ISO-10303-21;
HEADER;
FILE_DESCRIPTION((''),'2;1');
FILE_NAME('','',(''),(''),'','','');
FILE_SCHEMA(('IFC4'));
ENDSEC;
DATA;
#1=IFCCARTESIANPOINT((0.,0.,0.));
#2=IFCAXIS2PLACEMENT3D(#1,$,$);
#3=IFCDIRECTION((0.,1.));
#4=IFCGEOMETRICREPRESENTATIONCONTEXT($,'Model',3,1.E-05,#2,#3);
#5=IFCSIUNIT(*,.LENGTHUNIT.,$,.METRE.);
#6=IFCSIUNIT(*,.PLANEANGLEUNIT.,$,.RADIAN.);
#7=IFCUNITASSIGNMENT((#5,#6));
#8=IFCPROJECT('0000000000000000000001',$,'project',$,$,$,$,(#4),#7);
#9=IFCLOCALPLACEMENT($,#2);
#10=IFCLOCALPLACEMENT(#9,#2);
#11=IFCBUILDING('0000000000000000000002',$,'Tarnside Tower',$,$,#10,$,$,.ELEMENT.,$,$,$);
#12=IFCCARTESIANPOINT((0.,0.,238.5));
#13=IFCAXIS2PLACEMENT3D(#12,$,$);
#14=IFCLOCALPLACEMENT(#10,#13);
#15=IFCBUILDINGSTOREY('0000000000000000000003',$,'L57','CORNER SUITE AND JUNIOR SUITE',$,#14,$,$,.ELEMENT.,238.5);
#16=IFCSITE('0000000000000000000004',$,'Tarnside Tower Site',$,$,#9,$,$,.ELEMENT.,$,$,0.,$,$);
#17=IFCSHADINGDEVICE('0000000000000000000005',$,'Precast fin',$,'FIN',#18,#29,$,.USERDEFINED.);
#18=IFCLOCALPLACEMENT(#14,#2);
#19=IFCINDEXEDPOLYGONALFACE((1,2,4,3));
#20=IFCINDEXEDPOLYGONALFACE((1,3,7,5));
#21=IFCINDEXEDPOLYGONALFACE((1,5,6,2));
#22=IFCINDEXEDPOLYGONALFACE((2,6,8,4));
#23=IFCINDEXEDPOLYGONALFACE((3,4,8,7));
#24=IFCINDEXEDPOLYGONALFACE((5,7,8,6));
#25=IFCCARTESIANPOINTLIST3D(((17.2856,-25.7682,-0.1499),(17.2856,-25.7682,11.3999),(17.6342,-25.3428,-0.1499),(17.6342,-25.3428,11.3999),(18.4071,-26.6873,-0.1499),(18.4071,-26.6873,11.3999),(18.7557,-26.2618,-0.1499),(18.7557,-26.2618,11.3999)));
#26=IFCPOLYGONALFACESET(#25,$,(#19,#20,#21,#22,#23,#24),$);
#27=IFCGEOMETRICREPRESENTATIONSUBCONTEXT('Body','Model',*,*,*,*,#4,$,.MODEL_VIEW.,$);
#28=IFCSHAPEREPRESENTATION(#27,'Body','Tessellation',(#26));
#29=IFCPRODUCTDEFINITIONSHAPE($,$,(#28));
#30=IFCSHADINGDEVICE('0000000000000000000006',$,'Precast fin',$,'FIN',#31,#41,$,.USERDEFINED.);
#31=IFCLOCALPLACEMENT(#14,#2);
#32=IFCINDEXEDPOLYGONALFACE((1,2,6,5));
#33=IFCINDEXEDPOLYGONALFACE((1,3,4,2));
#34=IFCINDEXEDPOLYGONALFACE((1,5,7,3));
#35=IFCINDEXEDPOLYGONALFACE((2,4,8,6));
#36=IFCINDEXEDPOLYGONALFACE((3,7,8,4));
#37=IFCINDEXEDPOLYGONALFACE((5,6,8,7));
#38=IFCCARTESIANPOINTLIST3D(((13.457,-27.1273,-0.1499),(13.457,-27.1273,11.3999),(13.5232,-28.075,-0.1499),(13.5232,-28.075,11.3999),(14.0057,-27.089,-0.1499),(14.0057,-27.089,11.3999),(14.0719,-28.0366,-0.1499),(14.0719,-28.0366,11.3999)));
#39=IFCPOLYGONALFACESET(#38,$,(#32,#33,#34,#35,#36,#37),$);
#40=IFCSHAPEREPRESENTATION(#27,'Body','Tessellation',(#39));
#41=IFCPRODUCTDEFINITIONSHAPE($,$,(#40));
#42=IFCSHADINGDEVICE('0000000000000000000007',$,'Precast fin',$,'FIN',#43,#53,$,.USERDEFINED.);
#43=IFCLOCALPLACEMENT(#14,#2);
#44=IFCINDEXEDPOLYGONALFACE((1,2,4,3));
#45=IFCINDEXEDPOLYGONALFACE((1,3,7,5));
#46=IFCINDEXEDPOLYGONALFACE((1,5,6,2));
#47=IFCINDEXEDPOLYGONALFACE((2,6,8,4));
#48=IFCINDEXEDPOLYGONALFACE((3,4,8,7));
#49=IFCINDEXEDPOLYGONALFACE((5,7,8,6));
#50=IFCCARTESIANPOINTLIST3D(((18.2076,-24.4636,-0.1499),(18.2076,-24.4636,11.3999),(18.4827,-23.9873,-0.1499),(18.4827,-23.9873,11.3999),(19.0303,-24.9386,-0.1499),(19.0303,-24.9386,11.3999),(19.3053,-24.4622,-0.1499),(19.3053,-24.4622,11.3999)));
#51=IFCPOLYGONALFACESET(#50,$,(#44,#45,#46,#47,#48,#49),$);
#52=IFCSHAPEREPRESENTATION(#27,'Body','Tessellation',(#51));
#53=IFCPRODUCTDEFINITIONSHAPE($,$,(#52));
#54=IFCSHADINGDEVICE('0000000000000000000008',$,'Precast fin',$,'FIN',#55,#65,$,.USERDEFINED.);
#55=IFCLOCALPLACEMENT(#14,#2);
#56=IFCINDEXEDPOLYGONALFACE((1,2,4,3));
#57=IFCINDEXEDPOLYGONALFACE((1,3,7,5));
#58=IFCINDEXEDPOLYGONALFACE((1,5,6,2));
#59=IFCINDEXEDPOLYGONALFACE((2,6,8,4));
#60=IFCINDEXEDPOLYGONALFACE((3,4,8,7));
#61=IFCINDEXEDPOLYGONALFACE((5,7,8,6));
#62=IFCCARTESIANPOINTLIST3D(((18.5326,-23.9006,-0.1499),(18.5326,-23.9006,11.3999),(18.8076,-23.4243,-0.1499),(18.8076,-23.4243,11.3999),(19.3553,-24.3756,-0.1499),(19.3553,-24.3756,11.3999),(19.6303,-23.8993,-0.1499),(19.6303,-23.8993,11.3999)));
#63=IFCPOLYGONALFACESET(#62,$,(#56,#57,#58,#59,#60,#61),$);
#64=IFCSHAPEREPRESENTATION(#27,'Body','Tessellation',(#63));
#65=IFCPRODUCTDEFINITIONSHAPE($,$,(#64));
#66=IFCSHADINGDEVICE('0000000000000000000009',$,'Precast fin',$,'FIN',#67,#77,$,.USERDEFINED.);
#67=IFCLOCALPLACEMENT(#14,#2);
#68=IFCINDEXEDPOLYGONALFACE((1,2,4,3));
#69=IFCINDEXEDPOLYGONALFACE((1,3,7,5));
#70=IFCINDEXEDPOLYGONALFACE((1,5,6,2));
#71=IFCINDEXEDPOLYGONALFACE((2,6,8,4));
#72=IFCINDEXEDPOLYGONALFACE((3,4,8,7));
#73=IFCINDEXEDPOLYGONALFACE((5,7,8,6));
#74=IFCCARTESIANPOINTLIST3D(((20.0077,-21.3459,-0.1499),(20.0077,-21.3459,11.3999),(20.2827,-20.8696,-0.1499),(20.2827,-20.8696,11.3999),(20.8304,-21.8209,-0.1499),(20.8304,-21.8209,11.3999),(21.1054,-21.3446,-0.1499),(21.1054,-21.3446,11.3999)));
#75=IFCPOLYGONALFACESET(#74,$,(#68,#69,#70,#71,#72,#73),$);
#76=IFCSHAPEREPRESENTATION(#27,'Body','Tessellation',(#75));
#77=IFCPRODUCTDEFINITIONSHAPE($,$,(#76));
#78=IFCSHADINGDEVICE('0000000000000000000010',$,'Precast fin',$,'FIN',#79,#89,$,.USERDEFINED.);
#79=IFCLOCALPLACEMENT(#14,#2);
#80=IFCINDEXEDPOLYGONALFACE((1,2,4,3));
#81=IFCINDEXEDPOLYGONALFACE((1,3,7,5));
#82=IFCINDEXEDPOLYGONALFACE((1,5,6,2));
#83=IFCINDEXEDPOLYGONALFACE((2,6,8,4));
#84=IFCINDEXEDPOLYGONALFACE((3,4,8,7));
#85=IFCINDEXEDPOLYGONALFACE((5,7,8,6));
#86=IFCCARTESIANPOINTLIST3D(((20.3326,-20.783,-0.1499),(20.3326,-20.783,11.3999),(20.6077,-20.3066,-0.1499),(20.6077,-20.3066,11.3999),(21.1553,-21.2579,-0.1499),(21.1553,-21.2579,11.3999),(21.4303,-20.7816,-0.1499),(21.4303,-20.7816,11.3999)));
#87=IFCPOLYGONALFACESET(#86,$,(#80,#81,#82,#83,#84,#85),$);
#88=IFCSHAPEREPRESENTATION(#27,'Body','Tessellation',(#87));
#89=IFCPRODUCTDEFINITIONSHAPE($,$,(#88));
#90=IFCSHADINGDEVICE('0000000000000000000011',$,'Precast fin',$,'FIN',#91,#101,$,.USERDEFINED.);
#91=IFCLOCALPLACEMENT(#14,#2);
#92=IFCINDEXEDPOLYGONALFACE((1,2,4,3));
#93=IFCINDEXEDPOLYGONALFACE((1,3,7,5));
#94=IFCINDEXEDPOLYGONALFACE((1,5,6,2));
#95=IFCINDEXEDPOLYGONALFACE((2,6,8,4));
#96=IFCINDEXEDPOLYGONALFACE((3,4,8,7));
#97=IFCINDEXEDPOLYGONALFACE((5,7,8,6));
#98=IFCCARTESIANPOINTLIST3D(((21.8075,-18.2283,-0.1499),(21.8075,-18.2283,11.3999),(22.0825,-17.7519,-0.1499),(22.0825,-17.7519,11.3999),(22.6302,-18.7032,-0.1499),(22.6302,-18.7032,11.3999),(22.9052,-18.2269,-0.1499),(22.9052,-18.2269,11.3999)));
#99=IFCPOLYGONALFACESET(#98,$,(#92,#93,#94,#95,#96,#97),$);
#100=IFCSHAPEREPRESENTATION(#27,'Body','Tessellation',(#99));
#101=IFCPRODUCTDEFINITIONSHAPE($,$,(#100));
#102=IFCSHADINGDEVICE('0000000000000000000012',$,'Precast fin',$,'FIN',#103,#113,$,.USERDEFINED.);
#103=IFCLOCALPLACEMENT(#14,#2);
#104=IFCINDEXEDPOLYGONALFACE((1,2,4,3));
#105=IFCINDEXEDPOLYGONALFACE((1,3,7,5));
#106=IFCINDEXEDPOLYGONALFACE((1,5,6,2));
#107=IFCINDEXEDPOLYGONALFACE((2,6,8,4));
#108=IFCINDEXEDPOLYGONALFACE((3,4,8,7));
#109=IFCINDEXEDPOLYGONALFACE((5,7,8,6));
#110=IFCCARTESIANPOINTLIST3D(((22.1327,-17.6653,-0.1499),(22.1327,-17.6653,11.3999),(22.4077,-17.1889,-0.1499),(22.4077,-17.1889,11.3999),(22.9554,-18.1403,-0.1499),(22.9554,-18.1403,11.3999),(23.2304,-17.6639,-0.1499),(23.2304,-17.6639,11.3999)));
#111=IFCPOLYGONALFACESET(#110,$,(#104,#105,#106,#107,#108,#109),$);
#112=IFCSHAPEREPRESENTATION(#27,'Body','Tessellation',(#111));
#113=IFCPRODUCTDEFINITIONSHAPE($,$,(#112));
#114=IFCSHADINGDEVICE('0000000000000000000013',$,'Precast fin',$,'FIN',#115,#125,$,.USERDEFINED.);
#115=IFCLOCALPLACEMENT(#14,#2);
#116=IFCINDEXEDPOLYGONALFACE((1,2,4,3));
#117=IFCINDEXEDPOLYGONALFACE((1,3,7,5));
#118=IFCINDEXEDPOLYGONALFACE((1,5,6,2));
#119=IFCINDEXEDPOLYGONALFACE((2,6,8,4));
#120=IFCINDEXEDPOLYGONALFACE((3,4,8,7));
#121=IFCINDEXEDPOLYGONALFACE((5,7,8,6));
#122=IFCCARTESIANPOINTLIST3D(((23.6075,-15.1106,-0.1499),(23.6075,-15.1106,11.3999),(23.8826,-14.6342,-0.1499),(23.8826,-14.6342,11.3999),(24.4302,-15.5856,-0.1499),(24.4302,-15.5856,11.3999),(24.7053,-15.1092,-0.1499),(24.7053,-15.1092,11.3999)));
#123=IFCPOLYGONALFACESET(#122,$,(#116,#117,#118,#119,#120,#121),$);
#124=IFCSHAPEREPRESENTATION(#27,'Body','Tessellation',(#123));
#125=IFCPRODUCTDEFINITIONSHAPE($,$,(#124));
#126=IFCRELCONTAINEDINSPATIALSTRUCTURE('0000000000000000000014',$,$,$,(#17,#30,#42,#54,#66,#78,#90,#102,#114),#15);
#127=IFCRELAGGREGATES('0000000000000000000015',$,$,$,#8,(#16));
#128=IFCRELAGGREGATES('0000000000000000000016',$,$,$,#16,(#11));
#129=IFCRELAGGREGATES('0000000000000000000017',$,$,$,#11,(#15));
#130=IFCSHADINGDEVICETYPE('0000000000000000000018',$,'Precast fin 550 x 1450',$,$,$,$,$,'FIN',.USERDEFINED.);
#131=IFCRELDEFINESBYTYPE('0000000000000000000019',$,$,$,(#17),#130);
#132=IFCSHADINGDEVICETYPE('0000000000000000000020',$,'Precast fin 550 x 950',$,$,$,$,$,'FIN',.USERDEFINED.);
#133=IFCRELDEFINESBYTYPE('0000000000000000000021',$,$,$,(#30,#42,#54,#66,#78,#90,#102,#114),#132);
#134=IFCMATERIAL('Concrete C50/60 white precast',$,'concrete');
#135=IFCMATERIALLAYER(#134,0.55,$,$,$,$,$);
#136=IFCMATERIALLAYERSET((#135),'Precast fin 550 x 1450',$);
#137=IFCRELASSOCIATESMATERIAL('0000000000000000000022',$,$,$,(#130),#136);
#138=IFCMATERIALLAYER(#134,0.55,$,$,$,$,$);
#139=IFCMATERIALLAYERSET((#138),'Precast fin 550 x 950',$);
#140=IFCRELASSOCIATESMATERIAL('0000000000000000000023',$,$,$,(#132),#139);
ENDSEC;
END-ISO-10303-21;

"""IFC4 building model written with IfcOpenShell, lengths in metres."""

from ifc_helpers import new_model, si_unit, direction, frame, origin, place, context, subcontext, project, spatial, polyline, outline, extrude, material, layer, layer_set, type_object, element, save


model = new_model("IFC4")

# Units and contexts
model_context = context("Model", 3, precision=1e-05, world=origin(), true_north=direction((0.0, 1.0)))
body_context = subcontext(model_context, "Body", "Model", "MODEL_VIEW")
ifc_project = project(units=[si_unit("LENGTHUNIT", "METRE"), si_unit("PLANEANGLEUNIT", "RADIAN")], contexts=[model_context])

# Site, building, storey
site_placement = place(None, origin())
site = spatial("IfcSite", under=ifc_project, at=site_placement, Name="Tarnside Tower Site", CompositionType="ELEMENT", RefElevation=0.0)
building_placement = place(site_placement, origin())
building = spatial("IfcBuilding", under=site, at=building_placement, Name="Tarnside Tower", CompositionType="ELEMENT")
storey_placement = place(building_placement, frame((0.0, 0.0, 238.5)))
storey = spatial("IfcBuildingStorey", under=building, at=storey_placement, Name="L57", Description="CORNER SUITE AND JUNIOR SUITE", CompositionType="ELEMENT", Elevation=238.5)

# Shading devices
ifc_material_1 = material(Name="Concrete C50/60 white precast", Category="concrete")
ifc_layer_1 = layer(ifc_material_1, 0.55)
ifc_layer_set_1 = layer_set([ifc_layer_1], Name="Precast fin 550 x 1450")
shading_device_type_1 = type_object("IfcShadingDeviceType", Name="Precast fin 550 x 1450", ElementType="FIN", PredefinedType="USERDEFINED", material=ifc_layer_set_1)
for number, where, z_axis, x_axis, name in (
    (1, (17.46, -25.5554, -0.1499), (-0.633831, -0.773472, 0.0), (0.773472, -0.633831, 0.0), "Precast fin"),
):
    element("IfcShadingDevice", number, at=place(storey_placement, frame(where, z_axis=z_axis, x_axis=x_axis)), inside=storey, type_object=shading_device_type_1, Name=name, ObjectType="FIN", PredefinedType="USERDEFINED", context=body_context, shape_type="SweptSolid", body=[
        extrude(outline(polyline([(0.0, 0.0), (1.45, 0.0), (1.45, 11.5498), (0.0, 11.5498), (0.0, 0.0)])), frame((0.0, 0.0, -0.2749)), (0.0, 0.0, 1.0), 0.55),
    ])
ifc_layer_2 = layer(ifc_material_1, 0.55)
ifc_layer_set_2 = layer_set([ifc_layer_2], Name="Precast fin 550 x 950")
shading_device_type_2 = type_object("IfcShadingDeviceType", Name="Precast fin 550 x 950", ElementType="FIN", PredefinedType="USERDEFINED", material=ifc_layer_set_2)
for number, where, z_axis, x_axis, name in (
    (2, (13.7314, -27.1082, -0.1499), (-0.997564, -0.069756, 0.0), (0.069756, -0.997564, 0.0), "Precast fin"),
    (3, (18.3452, -24.2253, -0.1499), (-0.5, -0.866025, 0.0), (0.866025, -0.5, 0.0), "Precast fin"),
    (4, (18.6702, -23.6624, -0.1499), (-0.5, -0.866025, 0.0), (0.866025, -0.5, 0.0), "Precast fin"),
    (5, (20.1453, -21.1077, -0.1499), (-0.5, -0.866025, 0.0), (0.866025, -0.5, 0.0), "Precast fin"),
    (6, (20.4702, -20.5447, -0.1499), (-0.5, -0.866025, 0.0), (0.866025, -0.5, 0.0), "Precast fin"),
    (7, (21.9451, -17.99, -0.1499), (-0.5, -0.866025, 0.0), (0.866025, -0.5, 0.0), "Precast fin"),
    (8, (22.2703, -17.427, -0.1499), (-0.5, -0.866025, 0.0), (0.866025, -0.5, 0.0), "Precast fin"),
    (9, (23.7451, -14.8723, -0.1499), (-0.5, -0.866025, 0.0), (0.866025, -0.5, 0.0), "Precast fin"),
):
    element("IfcShadingDevice", number, at=place(storey_placement, frame(where, z_axis=z_axis, x_axis=x_axis)), inside=storey, type_object=shading_device_type_2, Name=name, ObjectType="FIN", PredefinedType="USERDEFINED", context=body_context, shape_type="SweptSolid", body=[
        extrude(outline(polyline([(0.0, 0.0), (0.95, 0.0), (0.95, 11.5498), (0.0, 11.5498), (0.0, 0.0)])), frame((0.0, 0.0, -0.2749)), (0.0, 0.0, 1.0), 0.55),
    ])

save(model, "model.ifc")
